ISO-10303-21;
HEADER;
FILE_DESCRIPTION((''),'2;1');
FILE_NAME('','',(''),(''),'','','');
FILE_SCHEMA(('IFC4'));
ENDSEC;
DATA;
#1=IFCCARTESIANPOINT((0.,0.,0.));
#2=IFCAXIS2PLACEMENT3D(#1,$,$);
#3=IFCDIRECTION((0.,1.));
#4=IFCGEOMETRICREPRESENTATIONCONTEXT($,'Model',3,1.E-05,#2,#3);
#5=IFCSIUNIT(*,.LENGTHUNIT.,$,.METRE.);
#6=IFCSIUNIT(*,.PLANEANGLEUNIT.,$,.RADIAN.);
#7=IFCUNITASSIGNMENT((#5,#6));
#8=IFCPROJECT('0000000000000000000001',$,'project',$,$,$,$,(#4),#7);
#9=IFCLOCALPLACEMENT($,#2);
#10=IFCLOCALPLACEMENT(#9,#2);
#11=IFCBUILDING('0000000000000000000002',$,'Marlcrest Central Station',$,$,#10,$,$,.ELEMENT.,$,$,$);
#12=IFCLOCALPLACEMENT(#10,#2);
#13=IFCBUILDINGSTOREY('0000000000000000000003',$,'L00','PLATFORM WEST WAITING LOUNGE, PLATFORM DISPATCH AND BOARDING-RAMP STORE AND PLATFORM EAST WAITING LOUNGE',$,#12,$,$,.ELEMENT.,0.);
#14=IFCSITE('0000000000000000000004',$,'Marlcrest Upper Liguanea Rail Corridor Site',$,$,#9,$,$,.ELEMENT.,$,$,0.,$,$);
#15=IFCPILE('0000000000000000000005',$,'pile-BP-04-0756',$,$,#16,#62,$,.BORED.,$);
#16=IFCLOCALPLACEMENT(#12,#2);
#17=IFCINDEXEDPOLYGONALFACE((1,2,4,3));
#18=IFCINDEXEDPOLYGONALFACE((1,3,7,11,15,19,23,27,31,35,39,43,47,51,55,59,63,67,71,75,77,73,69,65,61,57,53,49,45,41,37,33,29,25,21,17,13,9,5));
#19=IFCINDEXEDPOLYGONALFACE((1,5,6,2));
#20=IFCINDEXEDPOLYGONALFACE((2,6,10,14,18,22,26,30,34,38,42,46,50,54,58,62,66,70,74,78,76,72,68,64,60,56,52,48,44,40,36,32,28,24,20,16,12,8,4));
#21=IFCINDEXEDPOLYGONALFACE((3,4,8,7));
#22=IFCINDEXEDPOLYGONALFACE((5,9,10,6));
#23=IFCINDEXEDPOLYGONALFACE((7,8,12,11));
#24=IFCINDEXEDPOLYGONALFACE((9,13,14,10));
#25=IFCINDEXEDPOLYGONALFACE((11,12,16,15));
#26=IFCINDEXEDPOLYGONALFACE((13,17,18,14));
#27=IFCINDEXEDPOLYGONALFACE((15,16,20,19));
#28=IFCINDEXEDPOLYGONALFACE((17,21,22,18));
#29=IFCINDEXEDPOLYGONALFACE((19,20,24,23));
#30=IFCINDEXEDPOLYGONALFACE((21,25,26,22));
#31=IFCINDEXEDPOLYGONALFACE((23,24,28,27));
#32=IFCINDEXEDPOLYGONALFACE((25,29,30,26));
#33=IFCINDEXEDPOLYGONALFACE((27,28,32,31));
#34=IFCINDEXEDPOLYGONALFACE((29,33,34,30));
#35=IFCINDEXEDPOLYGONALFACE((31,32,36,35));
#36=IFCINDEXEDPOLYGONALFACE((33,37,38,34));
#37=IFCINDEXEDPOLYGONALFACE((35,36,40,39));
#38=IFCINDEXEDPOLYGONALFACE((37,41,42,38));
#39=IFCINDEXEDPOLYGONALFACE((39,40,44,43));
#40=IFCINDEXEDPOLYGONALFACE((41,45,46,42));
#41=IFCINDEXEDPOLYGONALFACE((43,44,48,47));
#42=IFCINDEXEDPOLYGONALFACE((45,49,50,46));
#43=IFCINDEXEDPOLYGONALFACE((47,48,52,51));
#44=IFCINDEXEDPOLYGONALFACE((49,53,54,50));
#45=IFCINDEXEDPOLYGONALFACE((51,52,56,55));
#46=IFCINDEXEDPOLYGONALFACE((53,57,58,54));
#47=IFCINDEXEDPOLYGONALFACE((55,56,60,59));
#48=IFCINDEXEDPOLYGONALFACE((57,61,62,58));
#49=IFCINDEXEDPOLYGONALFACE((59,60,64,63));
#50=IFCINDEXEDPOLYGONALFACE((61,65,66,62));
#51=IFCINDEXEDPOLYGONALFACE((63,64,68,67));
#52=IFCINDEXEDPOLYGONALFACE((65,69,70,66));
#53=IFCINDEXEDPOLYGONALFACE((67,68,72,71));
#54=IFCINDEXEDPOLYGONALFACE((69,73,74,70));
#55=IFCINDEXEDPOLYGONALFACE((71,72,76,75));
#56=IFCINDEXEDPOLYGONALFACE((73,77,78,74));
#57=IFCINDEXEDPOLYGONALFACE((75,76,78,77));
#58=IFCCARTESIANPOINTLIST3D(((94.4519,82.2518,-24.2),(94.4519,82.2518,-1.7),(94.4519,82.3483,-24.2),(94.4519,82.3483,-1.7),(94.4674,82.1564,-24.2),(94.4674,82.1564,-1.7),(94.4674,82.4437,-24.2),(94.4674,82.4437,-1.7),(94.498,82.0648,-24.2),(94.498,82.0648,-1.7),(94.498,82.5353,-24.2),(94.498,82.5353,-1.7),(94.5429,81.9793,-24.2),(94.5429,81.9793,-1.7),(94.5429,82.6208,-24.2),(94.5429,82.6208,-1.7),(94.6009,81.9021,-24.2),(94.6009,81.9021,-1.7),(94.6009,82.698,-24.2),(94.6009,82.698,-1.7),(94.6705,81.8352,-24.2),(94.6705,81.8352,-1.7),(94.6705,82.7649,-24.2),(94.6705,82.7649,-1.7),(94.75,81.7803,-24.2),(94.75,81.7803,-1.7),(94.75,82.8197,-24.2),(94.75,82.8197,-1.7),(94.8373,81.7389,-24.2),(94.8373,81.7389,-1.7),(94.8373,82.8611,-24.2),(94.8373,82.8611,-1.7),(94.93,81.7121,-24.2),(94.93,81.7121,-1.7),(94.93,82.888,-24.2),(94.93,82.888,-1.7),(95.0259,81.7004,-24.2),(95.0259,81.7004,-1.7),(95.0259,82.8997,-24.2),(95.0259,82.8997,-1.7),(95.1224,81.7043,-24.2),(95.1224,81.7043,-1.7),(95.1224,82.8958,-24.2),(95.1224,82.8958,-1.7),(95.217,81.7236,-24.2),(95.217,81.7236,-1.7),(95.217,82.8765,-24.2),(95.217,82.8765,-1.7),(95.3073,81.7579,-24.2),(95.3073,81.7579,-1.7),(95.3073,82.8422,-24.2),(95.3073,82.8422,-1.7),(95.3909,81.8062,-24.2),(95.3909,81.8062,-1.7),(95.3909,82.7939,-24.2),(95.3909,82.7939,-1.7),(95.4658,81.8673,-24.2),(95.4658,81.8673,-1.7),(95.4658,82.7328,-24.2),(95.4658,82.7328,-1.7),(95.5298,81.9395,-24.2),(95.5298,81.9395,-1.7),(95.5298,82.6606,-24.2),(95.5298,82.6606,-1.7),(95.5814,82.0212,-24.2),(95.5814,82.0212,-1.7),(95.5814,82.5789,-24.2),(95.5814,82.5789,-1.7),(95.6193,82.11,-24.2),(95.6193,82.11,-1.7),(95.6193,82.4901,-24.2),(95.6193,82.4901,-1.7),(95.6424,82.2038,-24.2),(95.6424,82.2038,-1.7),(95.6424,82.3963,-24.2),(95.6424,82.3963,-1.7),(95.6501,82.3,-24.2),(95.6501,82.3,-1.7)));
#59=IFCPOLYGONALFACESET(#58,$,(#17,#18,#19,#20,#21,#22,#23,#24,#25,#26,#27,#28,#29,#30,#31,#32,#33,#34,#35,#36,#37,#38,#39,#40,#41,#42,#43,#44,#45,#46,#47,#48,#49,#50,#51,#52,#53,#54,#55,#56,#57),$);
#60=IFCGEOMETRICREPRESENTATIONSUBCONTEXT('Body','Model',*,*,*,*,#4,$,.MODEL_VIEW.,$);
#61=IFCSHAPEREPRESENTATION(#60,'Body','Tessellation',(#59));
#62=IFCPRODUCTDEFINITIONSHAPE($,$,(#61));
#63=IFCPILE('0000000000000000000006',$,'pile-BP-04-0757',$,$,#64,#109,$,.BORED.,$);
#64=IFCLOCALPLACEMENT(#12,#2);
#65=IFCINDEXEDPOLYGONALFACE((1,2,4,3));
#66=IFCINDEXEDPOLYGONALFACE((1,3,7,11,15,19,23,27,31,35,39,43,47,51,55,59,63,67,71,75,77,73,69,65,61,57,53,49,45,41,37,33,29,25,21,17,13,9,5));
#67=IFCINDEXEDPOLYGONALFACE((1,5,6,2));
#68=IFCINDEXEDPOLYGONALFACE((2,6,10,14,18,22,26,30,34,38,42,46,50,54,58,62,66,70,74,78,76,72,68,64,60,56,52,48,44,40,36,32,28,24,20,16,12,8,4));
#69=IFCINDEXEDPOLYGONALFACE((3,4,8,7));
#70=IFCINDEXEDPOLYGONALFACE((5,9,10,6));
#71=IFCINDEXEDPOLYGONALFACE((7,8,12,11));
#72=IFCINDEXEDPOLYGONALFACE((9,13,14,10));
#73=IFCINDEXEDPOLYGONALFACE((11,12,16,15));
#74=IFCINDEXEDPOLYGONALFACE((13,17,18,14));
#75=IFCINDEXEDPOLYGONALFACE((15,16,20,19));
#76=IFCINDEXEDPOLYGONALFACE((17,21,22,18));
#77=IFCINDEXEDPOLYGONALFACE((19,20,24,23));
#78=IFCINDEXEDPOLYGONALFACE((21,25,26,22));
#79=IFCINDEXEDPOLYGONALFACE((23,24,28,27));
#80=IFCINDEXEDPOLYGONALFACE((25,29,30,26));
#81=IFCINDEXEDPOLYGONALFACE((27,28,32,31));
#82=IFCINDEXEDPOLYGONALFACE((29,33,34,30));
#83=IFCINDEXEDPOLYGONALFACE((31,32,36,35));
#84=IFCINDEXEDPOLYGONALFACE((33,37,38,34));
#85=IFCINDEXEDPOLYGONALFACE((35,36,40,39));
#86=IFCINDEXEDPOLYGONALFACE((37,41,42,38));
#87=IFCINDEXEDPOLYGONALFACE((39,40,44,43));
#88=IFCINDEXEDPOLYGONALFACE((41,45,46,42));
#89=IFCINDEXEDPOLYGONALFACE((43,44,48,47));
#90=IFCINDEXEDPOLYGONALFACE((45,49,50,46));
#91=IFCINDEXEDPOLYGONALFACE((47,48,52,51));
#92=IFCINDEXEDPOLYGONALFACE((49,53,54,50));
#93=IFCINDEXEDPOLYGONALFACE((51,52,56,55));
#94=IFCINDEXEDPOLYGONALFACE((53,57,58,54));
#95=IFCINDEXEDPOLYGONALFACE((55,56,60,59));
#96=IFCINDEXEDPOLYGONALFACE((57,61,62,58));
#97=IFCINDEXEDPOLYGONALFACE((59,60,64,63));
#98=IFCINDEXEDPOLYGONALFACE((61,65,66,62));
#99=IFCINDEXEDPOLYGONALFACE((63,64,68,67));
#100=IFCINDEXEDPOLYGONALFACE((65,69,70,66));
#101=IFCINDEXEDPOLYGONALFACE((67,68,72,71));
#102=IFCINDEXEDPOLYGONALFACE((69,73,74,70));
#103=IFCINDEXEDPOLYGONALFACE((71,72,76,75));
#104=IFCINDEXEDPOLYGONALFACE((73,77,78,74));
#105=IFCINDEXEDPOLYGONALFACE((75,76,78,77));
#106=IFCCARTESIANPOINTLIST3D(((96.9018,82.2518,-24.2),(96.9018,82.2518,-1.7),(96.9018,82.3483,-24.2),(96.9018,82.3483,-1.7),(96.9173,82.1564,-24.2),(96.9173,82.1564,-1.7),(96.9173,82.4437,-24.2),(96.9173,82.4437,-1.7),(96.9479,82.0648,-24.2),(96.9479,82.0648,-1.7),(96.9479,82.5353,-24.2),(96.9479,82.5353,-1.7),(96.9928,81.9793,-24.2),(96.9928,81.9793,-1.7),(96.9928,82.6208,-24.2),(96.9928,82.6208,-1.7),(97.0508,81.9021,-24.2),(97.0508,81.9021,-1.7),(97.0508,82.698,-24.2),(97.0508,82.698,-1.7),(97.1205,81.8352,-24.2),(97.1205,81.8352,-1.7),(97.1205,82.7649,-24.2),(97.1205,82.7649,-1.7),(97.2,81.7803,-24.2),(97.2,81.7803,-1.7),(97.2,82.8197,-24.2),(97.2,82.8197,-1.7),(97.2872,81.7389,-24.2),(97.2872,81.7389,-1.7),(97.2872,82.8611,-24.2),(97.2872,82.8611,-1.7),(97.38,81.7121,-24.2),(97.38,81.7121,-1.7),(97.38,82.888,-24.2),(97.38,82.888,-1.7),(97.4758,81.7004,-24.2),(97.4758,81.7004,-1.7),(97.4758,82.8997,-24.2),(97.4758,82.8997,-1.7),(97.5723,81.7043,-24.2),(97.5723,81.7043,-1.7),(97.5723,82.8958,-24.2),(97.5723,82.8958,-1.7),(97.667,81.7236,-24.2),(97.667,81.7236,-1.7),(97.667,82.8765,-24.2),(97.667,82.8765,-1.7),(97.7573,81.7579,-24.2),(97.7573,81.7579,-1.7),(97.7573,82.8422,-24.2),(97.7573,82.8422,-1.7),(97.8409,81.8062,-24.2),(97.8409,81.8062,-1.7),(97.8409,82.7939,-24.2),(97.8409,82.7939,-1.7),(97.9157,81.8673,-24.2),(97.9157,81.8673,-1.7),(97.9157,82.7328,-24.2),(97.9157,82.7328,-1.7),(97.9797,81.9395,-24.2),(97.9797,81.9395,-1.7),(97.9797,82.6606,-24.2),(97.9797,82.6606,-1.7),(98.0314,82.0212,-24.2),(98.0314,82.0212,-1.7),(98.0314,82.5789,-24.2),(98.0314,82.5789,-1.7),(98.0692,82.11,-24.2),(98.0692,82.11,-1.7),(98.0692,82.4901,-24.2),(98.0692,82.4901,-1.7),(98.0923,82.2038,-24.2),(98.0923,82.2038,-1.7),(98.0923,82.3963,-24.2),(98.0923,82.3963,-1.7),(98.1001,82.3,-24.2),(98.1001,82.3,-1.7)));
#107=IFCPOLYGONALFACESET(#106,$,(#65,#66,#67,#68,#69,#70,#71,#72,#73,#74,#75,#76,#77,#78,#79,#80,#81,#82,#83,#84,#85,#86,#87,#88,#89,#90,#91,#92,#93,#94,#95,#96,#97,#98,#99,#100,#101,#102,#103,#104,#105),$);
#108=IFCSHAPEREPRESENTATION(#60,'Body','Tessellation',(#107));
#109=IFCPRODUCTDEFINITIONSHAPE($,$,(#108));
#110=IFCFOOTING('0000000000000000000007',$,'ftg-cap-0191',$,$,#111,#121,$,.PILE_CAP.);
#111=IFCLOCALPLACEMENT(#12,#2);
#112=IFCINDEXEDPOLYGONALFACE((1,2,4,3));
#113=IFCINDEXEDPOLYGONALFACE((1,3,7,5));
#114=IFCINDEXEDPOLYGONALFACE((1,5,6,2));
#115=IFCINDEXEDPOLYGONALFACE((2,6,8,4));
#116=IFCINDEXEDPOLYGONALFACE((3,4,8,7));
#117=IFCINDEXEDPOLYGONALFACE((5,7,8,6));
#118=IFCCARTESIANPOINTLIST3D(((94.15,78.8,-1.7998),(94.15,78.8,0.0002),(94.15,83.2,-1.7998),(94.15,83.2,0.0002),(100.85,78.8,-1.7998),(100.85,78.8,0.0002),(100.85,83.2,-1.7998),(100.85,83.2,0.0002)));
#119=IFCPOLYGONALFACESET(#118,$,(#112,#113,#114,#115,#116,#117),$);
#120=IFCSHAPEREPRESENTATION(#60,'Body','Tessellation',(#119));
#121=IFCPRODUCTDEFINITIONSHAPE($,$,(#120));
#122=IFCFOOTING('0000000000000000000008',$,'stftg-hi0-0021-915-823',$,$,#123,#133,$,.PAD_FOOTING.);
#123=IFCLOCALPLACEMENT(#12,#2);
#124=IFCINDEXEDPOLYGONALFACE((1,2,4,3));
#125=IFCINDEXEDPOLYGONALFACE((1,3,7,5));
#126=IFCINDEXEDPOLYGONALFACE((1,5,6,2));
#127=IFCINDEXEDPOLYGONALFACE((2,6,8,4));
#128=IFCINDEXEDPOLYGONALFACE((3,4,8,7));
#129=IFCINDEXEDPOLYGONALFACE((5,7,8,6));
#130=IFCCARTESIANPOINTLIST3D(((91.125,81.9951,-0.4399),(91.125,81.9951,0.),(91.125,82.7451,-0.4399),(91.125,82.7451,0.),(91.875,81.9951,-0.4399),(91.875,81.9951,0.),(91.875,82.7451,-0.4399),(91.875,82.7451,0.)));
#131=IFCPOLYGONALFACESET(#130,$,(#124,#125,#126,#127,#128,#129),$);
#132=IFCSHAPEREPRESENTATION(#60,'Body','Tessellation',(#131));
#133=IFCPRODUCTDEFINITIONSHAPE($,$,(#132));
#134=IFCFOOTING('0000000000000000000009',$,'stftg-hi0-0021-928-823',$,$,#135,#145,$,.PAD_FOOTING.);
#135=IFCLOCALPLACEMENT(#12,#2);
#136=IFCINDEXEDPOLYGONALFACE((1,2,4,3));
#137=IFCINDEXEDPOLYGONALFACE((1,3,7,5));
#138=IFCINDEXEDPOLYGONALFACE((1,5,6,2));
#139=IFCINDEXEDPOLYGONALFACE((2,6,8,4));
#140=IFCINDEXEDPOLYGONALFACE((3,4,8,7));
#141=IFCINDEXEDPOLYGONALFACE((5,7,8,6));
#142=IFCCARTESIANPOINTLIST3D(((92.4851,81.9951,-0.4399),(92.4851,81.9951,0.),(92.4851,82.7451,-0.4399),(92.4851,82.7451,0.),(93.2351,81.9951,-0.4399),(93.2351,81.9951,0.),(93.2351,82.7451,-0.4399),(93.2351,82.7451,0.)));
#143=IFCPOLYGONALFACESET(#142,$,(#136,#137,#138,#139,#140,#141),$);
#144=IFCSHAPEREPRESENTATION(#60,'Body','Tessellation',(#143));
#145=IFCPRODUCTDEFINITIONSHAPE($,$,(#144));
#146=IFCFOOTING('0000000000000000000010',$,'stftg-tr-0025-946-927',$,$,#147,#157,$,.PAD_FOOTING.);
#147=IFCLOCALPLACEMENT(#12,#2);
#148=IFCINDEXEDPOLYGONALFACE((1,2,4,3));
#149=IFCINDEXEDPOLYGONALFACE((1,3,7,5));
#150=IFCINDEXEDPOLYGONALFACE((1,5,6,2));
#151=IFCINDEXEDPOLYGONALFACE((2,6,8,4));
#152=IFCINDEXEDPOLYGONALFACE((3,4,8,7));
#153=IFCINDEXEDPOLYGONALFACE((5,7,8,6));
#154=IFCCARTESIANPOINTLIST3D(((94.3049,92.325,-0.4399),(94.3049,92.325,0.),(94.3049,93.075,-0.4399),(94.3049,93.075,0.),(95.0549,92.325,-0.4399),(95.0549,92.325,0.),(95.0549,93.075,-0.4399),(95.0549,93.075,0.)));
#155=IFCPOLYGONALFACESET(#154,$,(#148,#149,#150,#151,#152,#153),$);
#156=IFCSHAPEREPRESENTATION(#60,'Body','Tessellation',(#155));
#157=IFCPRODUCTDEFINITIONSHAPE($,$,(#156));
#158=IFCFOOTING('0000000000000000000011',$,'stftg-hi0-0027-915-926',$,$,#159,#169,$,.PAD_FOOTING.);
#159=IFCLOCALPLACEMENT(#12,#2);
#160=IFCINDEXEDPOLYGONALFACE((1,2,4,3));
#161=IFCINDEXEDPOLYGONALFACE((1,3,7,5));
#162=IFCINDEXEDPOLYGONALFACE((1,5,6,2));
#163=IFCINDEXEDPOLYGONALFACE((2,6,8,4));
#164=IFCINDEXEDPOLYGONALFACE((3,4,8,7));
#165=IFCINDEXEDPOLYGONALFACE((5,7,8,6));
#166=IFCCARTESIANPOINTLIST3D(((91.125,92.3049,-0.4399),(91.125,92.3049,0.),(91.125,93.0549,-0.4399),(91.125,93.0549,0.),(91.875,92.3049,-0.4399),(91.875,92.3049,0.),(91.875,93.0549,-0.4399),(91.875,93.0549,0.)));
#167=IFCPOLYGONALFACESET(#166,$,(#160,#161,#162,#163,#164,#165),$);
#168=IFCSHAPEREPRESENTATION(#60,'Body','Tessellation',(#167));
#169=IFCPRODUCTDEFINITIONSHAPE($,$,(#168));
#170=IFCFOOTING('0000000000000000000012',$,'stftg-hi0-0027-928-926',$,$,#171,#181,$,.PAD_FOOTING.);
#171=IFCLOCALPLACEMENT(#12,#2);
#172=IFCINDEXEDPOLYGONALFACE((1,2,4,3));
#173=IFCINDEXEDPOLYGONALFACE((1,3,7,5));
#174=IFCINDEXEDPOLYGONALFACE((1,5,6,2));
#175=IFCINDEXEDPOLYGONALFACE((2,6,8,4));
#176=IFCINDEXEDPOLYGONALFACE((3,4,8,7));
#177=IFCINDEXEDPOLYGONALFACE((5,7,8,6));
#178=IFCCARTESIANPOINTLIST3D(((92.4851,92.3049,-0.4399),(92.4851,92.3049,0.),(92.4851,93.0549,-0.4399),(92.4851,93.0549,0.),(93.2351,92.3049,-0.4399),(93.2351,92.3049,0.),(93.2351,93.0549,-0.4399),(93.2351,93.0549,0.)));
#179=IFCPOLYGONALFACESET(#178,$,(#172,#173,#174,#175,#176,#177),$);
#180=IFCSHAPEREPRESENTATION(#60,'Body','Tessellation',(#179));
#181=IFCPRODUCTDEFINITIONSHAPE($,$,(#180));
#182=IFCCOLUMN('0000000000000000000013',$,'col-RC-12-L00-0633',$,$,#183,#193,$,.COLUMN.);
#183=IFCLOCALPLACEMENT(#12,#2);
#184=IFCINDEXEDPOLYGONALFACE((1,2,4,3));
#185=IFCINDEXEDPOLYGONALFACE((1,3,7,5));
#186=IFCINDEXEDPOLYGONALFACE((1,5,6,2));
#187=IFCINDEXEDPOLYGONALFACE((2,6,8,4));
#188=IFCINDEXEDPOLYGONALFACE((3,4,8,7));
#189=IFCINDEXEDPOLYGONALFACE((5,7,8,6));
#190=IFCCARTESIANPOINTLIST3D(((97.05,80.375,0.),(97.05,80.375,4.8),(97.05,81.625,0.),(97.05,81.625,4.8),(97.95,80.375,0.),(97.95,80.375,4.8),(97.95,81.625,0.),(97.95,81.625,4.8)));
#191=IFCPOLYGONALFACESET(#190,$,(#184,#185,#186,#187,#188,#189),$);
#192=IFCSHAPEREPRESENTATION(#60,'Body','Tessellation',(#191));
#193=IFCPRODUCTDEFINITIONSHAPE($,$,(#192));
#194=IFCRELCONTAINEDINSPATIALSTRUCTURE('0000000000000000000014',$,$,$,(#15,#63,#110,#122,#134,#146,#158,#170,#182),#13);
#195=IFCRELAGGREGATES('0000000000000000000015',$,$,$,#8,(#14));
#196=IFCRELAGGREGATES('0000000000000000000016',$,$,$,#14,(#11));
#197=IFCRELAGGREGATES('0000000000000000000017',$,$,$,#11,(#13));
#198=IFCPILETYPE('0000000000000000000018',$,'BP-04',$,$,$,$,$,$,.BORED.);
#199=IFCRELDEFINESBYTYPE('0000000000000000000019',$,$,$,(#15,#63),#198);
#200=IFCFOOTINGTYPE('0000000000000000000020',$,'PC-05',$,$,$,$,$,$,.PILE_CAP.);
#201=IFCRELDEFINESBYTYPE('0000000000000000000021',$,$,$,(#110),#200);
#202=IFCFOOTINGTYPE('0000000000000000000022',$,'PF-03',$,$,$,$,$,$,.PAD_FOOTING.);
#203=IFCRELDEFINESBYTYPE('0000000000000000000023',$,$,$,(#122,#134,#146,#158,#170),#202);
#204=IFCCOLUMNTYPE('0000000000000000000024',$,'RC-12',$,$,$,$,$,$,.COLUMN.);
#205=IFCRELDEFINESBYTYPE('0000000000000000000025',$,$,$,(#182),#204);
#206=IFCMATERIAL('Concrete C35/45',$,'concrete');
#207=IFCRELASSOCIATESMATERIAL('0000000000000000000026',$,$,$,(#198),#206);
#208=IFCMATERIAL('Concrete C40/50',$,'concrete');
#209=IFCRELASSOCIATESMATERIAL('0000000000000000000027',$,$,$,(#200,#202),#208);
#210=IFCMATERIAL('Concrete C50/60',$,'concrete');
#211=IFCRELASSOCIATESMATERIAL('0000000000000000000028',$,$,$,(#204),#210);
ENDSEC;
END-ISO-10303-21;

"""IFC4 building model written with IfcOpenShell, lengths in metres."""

from ifc_helpers import new_model, si_unit, direction, frame, origin, origin_2d, place, context, subcontext, project, spatial, rectangle, circle, extrude, material, material_profile, profile_set, type_object, element, save


model = new_model("IFC4")

# Units and contexts
model_context = context("Model", 3, precision=1e-05, world=origin(), true_north=direction((0.0, 1.0)))
body_context = subcontext(model_context, "Body", "Model", "MODEL_VIEW")
ifc_project = project(units=[si_unit("LENGTHUNIT", "METRE"), si_unit("PLANEANGLEUNIT", "RADIAN")], contexts=[model_context])

# Site, building, storey
site_placement = place(None, origin())
site = spatial("IfcSite", under=ifc_project, at=site_placement, Name="Marlcrest Upper Liguanea Rail Corridor Site", CompositionType="ELEMENT", RefElevation=0.0)
building_placement = place(site_placement, origin())
building = spatial("IfcBuilding", under=site, at=building_placement, Name="Marlcrest Central Station", CompositionType="ELEMENT")
storey_placement = place(building_placement, origin())
storey = spatial("IfcBuildingStorey", under=building, at=storey_placement, Name="L00", Description="PLATFORM WEST WAITING LOUNGE, PLATFORM DISPATCH AND BOARDING-RAMP STORE AND PLATFORM EAST WAITING LOUNGE", CompositionType="ELEMENT", Elevation=0.0)

# Piles
ifc_material_1 = material(Name="Concrete C35/45", Category="concrete")
ifc_material_profile_1 = material_profile(ifc_material_1, circle(Radius=0.6001, at=origin_2d()), Name="PILE D1200")
ifc_profile_set_1 = profile_set([ifc_material_profile_1], Name="Concrete C35/45")
pile_type = type_object("IfcPileType", Name="BP-04", PredefinedType="BORED", material=ifc_profile_set_1)
for number, where, z_axis, x_axis, name in (
    (1, (95.05, 82.3, -1.7), (0.0, 0.0, -1.0), (1.0, 0.0, 0.0), "pile-BP-04-0756"),
    (2, (97.5, 82.3, -1.7), (0.0, 0.0, -1.0), (1.0, 0.0, 0.0), "pile-BP-04-0757"),
):
    element("IfcPile", number, at=place(storey_placement, frame(where, z_axis=z_axis, x_axis=x_axis)), inside=storey, type_object=pile_type, Name=name, PredefinedType="BORED", context=body_context, shape_type="SweptSolid", body=[
        extrude(circle(Radius=0.6001, at=origin_2d()), origin(), (0.0, 0.0, 1.0), 22.5),
    ])

# Footings
ifc_material_2 = material(Name="Concrete C40/50", Category="concrete")
footing_type_1 = type_object("IfcFootingType", Name="PC-05", PredefinedType="PILE_CAP", material=ifc_material_2)
footing_placement = place(storey_placement, frame((97.5, 81.0, -1.7998), z_axis=(0.0, 0.0, 1.0), x_axis=(1.0, 0.0, 0.0)))
element("IfcFooting", 3, at=footing_placement, inside=storey, type_object=footing_type_1, Name="ftg-cap-0191", PredefinedType="PILE_CAP", context=body_context, shape_type="SweptSolid", body=[
    extrude(rectangle(XDim=6.7, YDim=4.3999, at=origin_2d()), origin(), (0.0, 0.0, 1.0), 1.8),
])
footing_type_2 = type_object("IfcFootingType", Name="PF-03", PredefinedType="PAD_FOOTING", material=ifc_material_2)
for number, where, z_axis, x_axis, name in (
    (4, (91.5, 82.3701, -0.4399), (0.0, 0.0, 1.0), (1.0, 0.0, 0.0), "stftg-hi0-0021-915-823"),
    (5, (92.8601, 82.3701, -0.4399), (0.0, 0.0, 1.0), (1.0, 0.0, 0.0), "stftg-hi0-0021-928-823"),
    (6, (94.6799, 92.7, -0.4399), (0.0, 0.0, 1.0), (1.0, 0.0, 0.0), "stftg-tr-0025-946-927"),
    (7, (91.5, 92.6799, -0.4399), (0.0, 0.0, 1.0), (1.0, 0.0, 0.0), "stftg-hi0-0027-915-926"),
    (8, (92.8601, 92.6799, -0.4399), (0.0, 0.0, 1.0), (1.0, 0.0, 0.0), "stftg-hi0-0027-928-926"),
):
    element("IfcFooting", number, at=place(storey_placement, frame(where, z_axis=z_axis, x_axis=x_axis)), inside=storey, type_object=footing_type_2, Name=name, PredefinedType="PAD_FOOTING", context=body_context, shape_type="SweptSolid", body=[
        extrude(rectangle(XDim=0.75, YDim=0.75, at=origin_2d()), origin(), (0.0, 0.0, 1.0), 0.4399),
    ])

# Column
ifc_material_3 = material(Name="Concrete C50/60", Category="concrete")
ifc_material_profile_2 = material_profile(ifc_material_3, rectangle(XDim=0.8999, YDim=1.25, at=origin_2d()), Name="RC 900x1250")
ifc_profile_set_2 = profile_set([ifc_material_profile_2], Name="Concrete C50/60")
column_type_1 = type_object("IfcColumnType", Name="RC-12", PredefinedType="COLUMN", material=ifc_profile_set_2)
column_1_placement = place(storey_placement, frame((97.5, 81.0, 0.0), z_axis=(0.0, 0.0, 1.0), x_axis=(1.0, 0.0, 0.0)))
element("IfcColumn", 9, at=column_1_placement, inside=storey, type_object=column_type_1, Name="col-RC-12-L00-0633", PredefinedType="COLUMN", context=body_context, shape_type="SweptSolid", body=[
    extrude(rectangle(XDim=0.8999, YDim=1.25, at=origin_2d()), origin(), (0.0, 0.0, 1.0), 4.8),
])

save(model, "model.ifc")
